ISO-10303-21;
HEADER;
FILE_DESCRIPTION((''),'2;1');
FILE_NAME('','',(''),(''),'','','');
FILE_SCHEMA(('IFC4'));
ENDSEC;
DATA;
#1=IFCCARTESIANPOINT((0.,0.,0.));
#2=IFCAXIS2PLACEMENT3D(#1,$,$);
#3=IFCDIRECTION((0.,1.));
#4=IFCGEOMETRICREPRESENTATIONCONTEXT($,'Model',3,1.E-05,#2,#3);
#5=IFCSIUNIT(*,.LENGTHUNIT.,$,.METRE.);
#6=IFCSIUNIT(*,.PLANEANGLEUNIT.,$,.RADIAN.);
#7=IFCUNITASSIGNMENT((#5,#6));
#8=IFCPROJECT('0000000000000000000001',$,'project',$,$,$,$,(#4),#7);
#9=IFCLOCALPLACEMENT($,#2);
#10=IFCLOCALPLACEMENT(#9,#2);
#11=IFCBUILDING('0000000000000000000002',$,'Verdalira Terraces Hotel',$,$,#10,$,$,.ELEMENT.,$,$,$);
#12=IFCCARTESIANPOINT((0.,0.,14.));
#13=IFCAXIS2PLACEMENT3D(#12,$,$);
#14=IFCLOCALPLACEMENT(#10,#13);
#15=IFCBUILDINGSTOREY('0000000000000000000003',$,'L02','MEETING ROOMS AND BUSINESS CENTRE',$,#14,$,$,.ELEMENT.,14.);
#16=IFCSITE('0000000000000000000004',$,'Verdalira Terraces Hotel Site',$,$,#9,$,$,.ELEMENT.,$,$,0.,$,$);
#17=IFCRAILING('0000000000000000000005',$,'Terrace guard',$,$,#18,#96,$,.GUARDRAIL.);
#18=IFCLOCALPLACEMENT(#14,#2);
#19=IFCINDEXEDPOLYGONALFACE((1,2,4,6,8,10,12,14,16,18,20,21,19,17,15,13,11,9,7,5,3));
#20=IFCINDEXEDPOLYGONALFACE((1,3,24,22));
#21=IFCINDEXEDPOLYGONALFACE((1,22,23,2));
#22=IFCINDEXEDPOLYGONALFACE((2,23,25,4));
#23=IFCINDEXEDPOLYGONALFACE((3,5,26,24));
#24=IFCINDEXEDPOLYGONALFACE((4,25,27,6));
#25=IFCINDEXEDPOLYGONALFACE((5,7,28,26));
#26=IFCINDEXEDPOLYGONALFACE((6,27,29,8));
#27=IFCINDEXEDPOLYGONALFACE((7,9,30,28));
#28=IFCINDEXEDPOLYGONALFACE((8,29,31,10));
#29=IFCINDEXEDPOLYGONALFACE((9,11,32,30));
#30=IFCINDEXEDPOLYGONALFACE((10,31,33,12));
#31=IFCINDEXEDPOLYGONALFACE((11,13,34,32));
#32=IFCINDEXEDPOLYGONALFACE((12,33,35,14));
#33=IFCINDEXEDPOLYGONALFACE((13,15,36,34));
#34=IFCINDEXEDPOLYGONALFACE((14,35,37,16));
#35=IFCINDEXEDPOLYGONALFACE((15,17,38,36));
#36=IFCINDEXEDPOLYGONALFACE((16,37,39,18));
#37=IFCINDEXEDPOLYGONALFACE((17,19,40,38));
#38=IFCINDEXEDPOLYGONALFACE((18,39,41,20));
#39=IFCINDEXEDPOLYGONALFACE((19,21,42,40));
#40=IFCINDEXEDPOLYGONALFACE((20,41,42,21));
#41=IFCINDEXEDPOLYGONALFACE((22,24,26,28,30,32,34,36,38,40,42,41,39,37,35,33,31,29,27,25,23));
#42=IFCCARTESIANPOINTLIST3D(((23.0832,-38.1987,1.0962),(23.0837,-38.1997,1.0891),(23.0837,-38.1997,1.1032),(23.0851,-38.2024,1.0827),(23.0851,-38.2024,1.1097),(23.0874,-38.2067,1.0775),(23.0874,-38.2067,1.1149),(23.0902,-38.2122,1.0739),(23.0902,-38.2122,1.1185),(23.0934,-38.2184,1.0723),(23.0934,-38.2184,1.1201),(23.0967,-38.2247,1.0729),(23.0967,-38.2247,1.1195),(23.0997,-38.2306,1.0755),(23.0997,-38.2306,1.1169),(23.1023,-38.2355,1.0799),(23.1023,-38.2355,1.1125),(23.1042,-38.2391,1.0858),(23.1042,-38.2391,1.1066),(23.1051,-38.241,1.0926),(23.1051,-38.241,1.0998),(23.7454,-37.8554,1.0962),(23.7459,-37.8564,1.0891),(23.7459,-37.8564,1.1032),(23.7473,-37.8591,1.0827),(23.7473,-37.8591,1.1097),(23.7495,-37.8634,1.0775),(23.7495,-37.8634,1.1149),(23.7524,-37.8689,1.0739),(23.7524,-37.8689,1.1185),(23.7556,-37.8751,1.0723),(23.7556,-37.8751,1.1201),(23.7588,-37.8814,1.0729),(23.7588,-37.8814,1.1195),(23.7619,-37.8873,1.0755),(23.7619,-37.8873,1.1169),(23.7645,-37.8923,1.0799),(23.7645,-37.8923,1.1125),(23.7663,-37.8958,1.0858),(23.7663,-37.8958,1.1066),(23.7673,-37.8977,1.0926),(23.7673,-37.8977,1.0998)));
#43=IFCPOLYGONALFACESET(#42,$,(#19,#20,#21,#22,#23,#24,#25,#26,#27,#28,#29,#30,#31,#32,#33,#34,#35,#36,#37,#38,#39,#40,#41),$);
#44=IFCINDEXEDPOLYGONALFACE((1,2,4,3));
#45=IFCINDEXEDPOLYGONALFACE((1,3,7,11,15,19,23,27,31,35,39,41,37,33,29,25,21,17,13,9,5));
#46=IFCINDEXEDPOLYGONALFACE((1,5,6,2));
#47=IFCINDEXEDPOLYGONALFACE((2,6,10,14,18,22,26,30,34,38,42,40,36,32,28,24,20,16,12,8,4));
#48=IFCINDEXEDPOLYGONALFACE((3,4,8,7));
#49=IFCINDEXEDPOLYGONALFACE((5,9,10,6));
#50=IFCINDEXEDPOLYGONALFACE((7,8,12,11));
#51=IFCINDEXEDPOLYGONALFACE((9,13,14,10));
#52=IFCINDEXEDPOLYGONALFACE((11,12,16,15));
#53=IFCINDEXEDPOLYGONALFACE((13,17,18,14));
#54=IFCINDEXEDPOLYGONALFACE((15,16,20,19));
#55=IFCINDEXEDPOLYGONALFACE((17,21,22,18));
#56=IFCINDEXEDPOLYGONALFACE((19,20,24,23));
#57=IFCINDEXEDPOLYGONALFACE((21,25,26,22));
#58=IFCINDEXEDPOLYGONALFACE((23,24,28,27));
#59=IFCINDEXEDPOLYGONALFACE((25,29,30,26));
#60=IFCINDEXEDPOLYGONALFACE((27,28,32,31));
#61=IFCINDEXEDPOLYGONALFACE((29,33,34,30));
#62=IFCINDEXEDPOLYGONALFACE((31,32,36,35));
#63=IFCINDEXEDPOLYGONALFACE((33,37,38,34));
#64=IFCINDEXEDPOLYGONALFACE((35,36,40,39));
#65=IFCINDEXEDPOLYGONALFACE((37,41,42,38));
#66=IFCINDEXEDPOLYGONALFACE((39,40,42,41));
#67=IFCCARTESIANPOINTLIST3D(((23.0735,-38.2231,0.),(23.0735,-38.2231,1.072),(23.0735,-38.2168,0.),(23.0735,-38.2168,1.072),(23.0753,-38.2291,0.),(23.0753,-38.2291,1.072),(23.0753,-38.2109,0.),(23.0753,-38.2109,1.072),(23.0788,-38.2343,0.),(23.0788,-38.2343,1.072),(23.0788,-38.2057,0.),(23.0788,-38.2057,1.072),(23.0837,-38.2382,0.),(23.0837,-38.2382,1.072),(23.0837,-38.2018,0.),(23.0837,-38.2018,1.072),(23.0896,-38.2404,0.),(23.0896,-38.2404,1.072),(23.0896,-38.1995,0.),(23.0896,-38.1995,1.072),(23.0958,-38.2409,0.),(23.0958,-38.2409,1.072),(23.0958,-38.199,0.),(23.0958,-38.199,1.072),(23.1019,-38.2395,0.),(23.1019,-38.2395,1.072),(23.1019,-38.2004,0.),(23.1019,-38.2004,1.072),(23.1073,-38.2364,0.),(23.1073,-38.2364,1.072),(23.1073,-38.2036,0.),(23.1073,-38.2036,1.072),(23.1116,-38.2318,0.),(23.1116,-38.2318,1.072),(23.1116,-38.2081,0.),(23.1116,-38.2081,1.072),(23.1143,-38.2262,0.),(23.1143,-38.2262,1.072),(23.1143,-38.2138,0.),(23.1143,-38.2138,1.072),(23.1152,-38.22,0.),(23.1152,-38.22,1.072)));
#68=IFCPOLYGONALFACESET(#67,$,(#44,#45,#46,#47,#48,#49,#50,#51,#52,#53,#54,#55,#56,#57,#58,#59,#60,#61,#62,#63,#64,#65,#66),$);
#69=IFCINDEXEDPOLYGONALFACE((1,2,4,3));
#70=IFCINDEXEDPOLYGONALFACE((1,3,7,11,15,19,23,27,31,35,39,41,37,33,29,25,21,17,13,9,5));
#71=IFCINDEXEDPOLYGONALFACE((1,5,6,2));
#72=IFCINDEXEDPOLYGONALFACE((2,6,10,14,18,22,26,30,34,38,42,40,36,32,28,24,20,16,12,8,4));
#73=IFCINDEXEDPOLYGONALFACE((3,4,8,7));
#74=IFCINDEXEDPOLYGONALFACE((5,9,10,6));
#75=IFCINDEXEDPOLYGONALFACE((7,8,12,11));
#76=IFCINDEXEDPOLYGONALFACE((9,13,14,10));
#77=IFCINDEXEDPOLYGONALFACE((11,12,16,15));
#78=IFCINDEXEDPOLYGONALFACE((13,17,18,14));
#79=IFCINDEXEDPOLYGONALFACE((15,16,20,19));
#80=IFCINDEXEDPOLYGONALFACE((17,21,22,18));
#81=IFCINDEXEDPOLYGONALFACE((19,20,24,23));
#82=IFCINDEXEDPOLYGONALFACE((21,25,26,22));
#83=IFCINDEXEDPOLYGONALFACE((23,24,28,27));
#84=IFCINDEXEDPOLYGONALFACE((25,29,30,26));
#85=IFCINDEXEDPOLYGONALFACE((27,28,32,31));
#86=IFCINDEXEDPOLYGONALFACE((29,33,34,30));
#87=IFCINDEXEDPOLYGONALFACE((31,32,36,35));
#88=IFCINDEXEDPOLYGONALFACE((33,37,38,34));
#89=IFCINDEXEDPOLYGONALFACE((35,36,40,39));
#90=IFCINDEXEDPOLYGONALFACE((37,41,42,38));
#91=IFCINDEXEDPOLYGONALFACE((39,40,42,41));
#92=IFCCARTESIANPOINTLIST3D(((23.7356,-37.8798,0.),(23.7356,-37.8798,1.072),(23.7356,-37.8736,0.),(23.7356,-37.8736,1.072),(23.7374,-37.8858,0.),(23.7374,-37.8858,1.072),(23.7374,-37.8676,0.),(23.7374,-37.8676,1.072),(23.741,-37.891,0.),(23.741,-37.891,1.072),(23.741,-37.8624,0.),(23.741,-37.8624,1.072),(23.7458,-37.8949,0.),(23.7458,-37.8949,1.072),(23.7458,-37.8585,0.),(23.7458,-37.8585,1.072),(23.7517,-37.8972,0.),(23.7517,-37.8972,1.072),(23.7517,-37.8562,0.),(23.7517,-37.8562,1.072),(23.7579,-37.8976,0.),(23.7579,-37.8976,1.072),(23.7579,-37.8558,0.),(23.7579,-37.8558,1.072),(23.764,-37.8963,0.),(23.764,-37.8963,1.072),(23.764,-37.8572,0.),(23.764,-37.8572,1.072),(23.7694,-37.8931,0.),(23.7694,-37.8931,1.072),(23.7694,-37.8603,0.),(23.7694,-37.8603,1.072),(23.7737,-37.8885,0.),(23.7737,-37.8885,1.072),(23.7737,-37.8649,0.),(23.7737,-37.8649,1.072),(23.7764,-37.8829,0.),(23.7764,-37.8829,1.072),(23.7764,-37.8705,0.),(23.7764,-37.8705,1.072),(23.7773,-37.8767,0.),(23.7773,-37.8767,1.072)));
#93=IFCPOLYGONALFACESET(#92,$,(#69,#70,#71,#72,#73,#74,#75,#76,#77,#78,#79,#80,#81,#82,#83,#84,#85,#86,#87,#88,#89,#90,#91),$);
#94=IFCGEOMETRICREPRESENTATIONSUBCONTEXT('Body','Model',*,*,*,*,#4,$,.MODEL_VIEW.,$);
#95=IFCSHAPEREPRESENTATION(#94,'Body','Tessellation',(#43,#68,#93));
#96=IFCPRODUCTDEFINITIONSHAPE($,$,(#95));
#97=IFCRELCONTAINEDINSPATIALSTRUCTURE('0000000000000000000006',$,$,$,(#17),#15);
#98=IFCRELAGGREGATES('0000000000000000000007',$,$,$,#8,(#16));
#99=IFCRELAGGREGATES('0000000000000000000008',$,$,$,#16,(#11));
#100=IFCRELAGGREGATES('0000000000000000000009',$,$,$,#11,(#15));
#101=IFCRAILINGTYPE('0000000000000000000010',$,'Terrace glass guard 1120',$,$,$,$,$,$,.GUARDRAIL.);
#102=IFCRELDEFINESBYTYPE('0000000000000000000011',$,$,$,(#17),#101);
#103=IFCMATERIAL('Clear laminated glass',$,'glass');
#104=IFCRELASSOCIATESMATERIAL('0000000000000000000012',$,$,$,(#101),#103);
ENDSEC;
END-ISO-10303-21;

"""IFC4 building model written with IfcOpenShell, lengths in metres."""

from ifc_helpers import new_model, si_unit, direction, frame, origin, origin_2d, place, context, subcontext, project, spatial, circle, extrude, material, type_object, element, save


model = new_model("IFC4")

# Units and contexts
model_context = context("Model", 3, precision=1e-05, world=origin(), true_north=direction((0.0, 1.0)))
body_context = subcontext(model_context, "Body", "Model", "MODEL_VIEW")
ifc_project = project(units=[si_unit("LENGTHUNIT", "METRE"), si_unit("PLANEANGLEUNIT", "RADIAN")], contexts=[model_context])

# Site, building, storey
site_placement = place(None, origin())
site = spatial("IfcSite", under=ifc_project, at=site_placement, Name="Verdalira Terraces Hotel Site", CompositionType="ELEMENT", RefElevation=0.0)
building_placement = place(site_placement, origin())
building = spatial("IfcBuilding", under=site, at=building_placement, Name="Verdalira Terraces Hotel", CompositionType="ELEMENT")
storey_placement = place(building_placement, frame((0.0, 0.0, 14.0)))
storey = spatial("IfcBuildingStorey", under=building, at=storey_placement, Name="L02", Description="MEETING ROOMS AND BUSINESS CENTRE", CompositionType="ELEMENT", Elevation=14.0)

# Railing
ifc_material_1 = material(Name="Clear laminated glass", Category="glass")
railing_type = type_object("IfcRailingType", Name="Terrace glass guard 1120", PredefinedType="GUARDRAIL", material=ifc_material_1)
railing_1_placement = place(storey_placement, frame((23.0942, -38.22, 0.0)))
element("IfcRailing", 1, at=railing_1_placement, inside=storey, type_object=railing_type, Name="Terrace guard", PredefinedType="GUARDRAIL", context=body_context, shape_type="SweptSolid", body=[
    extrude(circle(Radius=0.0239, at=origin_2d()), frame((0.0, 0.0, 1.0962), z_axis=(0.887784, 0.46026, 0.0), x_axis=(-0.46026, 0.887784, 0.0)), (0.0, 0.0, 1.0), 0.7459),
    extrude(circle(Radius=0.021, at=origin_2d()), origin(), (0.0, 0.0, 1.0), 1.072),
    extrude(circle(Radius=0.021, at=origin_2d()), frame((0.6621, 0.3433, 0.0)), (0.0, 0.0, 1.0), 1.072),
])

save(model, "model.ifc")
